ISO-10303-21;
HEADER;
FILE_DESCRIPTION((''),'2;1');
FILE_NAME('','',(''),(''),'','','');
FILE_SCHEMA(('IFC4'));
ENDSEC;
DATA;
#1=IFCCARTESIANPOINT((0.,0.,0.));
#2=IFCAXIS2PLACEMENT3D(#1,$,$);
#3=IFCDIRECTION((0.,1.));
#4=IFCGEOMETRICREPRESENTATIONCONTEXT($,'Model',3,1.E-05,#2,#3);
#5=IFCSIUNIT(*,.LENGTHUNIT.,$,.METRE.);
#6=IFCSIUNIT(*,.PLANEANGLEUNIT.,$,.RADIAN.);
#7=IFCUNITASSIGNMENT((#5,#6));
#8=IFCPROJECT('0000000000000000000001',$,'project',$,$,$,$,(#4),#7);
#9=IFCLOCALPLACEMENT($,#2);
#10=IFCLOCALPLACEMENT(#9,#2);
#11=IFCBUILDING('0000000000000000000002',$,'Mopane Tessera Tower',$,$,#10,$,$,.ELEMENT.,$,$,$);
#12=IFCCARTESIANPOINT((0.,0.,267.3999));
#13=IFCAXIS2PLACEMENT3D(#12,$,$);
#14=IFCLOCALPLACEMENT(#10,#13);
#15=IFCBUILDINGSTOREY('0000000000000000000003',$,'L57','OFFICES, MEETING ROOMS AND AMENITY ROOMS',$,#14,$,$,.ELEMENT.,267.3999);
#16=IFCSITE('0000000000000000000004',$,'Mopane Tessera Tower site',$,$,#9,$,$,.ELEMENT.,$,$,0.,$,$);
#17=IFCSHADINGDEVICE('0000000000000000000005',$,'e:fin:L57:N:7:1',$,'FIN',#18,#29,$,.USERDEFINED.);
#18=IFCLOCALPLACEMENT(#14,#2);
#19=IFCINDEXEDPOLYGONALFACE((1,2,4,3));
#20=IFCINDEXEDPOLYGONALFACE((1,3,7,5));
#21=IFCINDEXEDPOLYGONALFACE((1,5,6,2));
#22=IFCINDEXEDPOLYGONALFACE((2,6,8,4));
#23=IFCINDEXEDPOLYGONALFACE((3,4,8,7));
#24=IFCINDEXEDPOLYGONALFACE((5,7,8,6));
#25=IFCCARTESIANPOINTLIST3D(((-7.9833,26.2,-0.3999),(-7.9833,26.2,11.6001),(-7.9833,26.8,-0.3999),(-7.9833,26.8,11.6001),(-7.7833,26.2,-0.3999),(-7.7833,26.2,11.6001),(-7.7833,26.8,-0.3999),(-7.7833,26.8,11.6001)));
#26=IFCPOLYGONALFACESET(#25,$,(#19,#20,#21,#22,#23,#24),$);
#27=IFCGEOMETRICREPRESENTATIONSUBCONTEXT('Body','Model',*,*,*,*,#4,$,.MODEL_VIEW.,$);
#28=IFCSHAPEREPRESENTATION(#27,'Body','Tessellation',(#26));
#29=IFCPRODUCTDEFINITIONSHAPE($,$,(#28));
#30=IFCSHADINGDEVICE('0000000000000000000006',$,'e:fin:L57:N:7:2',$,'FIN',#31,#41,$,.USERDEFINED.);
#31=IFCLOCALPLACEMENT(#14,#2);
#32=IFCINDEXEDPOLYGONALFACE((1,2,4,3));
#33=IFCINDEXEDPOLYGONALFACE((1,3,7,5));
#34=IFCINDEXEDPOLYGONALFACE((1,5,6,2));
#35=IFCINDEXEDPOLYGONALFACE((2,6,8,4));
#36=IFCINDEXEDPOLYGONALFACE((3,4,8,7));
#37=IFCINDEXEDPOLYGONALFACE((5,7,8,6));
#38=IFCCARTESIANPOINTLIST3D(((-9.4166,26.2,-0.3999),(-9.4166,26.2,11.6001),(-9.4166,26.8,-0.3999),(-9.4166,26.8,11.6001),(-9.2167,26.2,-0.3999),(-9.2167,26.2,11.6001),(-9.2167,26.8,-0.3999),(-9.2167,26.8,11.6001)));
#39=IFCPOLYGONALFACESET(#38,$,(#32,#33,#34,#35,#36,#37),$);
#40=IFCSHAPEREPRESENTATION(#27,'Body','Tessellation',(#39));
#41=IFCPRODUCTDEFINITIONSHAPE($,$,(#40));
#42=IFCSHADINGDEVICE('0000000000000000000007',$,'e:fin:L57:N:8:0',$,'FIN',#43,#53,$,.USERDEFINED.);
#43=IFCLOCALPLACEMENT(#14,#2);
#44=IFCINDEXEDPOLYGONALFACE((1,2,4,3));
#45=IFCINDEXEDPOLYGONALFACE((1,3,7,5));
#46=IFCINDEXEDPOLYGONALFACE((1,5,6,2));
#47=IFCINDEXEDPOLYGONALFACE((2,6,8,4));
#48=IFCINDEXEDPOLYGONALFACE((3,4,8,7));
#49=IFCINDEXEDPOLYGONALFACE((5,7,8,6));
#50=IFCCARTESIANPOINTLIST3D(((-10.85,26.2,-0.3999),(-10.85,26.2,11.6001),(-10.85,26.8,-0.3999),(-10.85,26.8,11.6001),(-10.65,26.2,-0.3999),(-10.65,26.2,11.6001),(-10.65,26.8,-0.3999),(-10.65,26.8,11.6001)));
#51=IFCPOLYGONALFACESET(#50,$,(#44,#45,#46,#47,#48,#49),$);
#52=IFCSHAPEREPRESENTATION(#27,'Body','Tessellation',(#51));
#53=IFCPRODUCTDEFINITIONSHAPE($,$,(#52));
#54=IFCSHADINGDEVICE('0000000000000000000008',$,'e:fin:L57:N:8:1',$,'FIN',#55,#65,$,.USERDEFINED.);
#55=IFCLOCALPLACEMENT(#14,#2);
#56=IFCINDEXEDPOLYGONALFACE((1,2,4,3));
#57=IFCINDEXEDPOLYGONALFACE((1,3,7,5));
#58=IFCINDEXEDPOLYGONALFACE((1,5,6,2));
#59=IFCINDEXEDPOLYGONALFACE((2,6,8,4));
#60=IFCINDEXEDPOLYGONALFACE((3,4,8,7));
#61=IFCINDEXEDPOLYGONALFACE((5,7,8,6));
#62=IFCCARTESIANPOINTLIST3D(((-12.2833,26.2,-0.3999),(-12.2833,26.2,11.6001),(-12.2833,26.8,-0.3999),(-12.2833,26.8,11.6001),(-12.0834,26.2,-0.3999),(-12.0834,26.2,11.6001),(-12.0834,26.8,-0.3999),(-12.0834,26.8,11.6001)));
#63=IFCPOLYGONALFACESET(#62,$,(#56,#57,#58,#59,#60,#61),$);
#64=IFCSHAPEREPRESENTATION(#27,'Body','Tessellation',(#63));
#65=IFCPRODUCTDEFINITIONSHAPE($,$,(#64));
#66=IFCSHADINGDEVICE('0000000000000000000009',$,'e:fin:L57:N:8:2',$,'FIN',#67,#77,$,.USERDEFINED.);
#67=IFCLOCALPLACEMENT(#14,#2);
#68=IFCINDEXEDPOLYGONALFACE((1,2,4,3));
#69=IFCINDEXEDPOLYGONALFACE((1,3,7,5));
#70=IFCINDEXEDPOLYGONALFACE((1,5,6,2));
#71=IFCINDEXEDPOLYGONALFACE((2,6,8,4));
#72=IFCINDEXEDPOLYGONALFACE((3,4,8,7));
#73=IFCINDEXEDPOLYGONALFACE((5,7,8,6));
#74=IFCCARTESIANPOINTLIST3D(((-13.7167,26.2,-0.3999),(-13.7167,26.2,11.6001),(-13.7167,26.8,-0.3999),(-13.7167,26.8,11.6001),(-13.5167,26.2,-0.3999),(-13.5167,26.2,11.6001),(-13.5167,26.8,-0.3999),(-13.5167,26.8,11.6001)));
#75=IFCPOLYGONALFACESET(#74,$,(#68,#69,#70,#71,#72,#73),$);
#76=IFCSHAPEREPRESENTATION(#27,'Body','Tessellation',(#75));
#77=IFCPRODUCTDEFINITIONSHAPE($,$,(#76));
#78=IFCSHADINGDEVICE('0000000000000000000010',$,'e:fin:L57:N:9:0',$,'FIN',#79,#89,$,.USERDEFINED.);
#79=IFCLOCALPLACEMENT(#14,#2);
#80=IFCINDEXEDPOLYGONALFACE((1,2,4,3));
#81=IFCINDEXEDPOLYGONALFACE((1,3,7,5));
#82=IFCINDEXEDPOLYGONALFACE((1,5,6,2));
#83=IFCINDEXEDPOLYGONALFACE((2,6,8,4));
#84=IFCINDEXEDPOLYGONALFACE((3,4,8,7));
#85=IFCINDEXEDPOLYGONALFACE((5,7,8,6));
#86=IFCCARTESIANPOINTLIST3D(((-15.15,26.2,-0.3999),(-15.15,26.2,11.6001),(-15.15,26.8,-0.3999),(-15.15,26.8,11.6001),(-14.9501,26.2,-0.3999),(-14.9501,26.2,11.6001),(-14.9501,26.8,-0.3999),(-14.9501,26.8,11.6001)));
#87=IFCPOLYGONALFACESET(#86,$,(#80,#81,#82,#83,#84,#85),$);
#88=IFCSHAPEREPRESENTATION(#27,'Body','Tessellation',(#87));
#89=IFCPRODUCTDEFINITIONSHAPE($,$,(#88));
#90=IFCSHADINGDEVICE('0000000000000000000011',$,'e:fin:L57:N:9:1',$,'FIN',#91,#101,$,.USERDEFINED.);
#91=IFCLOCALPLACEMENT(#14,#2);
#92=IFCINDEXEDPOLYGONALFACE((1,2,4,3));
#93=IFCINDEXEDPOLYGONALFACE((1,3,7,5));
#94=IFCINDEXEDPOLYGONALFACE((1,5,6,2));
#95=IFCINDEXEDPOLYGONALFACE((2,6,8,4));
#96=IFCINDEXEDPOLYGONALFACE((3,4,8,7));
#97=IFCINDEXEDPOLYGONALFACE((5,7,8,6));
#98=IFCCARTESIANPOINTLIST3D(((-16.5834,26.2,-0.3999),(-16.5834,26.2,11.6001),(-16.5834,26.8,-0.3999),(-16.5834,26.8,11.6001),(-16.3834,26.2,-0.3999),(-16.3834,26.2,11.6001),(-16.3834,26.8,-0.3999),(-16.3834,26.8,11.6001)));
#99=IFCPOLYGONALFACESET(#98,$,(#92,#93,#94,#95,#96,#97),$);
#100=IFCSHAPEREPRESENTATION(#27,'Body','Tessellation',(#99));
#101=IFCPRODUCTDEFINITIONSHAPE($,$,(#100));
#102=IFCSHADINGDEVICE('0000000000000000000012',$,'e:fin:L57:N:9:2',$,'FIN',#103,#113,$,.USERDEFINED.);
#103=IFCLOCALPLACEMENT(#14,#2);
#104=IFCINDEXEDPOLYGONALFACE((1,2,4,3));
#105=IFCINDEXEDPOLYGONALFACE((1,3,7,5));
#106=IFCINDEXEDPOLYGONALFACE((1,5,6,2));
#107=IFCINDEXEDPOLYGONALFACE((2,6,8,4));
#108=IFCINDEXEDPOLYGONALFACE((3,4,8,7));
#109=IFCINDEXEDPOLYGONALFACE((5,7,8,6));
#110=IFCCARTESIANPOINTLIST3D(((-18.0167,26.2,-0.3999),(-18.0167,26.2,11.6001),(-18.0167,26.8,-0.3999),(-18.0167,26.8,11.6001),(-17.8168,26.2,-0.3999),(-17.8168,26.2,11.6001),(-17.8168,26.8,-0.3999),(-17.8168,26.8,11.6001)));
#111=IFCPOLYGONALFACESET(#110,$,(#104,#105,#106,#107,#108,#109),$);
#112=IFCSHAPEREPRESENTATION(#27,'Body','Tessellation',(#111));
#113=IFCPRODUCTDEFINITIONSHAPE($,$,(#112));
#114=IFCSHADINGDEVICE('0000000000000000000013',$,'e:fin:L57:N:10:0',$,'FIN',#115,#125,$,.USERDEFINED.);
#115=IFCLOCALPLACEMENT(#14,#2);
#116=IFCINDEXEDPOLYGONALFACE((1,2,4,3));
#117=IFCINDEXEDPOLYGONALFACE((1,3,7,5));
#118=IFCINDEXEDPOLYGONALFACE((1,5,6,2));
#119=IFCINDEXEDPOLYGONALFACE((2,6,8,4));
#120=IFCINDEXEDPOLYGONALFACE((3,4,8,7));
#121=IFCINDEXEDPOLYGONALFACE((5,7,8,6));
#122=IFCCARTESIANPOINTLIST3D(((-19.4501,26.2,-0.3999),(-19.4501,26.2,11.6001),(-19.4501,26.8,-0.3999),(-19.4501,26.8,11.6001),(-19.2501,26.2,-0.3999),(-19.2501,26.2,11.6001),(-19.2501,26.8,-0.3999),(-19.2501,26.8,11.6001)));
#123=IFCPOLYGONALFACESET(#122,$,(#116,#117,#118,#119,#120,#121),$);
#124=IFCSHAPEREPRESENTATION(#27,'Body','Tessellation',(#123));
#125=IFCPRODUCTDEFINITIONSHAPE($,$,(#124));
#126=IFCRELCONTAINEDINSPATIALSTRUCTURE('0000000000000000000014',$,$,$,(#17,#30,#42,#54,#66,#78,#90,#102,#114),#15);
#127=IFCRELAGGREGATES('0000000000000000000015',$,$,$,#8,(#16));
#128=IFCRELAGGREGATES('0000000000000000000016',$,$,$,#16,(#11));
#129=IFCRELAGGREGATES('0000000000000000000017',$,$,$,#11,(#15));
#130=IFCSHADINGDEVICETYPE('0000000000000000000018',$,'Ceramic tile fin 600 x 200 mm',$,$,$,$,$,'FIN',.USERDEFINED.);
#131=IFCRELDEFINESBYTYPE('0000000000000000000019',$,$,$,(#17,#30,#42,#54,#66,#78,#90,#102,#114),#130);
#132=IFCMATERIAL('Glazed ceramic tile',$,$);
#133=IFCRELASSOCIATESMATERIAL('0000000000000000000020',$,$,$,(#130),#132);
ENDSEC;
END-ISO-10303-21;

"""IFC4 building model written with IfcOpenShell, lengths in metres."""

from ifc_helpers import new_model, si_unit, direction, frame, origin, origin_2d, place, context, subcontext, project, spatial, rectangle, extrude, material, type_object, element, save


model = new_model("IFC4")

# Units and contexts
model_context = context("Model", 3, precision=1e-05, world=origin(), true_north=direction((0.0, 1.0)))
body_context = subcontext(model_context, "Body", "Model", "MODEL_VIEW")
ifc_project = project(units=[si_unit("LENGTHUNIT", "METRE"), si_unit("PLANEANGLEUNIT", "RADIAN")], contexts=[model_context])

# Site, building, storey
site_placement = place(None, origin())
site = spatial("IfcSite", under=ifc_project, at=site_placement, Name="Mopane Tessera Tower site", CompositionType="ELEMENT", RefElevation=0.0)
building_placement = place(site_placement, origin())
building = spatial("IfcBuilding", under=site, at=building_placement, Name="Mopane Tessera Tower", CompositionType="ELEMENT")
storey_placement = place(building_placement, frame((0.0, 0.0, 267.3999)))
storey = spatial("IfcBuildingStorey", under=building, at=storey_placement, Name="L57", Description="OFFICES, MEETING ROOMS AND AMENITY ROOMS", CompositionType="ELEMENT", Elevation=267.3999)

# Shading devices
ifc_material_1 = material(Name="Glazed ceramic tile")
shading_device_type = type_object("IfcShadingDeviceType", Name="Ceramic tile fin 600 x 200 mm", ElementType="FIN", PredefinedType="USERDEFINED", material=ifc_material_1)
for number, where, z_axis, x_axis, name in (
    (1, (-7.8833, 26.5, -0.3999), (0.0, 0.0, 1.0), (-1.0, 0.0, 0.0), "e:fin:L57:N:7:1"),
    (2, (-9.3167, 26.5, -0.3999), (0.0, 0.0, 1.0), (-1.0, 0.0, 0.0), "e:fin:L57:N:7:2"),
    (3, (-10.75, 26.5, -0.3999), (0.0, 0.0, 1.0), (-1.0, 0.0, 0.0), "e:fin:L57:N:8:0"),
    (4, (-12.1833, 26.5, -0.3999), (0.0, 0.0, 1.0), (-1.0, 0.0, 0.0), "e:fin:L57:N:8:1"),
    (5, (-13.6167, 26.5, -0.3999), (0.0, 0.0, 1.0), (-1.0, 0.0, 0.0), "e:fin:L57:N:8:2"),
    (6, (-15.05, 26.5, -0.3999), (0.0, 0.0, 1.0), (-1.0, 0.0, 0.0), "e:fin:L57:N:9:0"),
    (7, (-16.4834, 26.5, -0.3999), (0.0, 0.0, 1.0), (-1.0, 0.0, 0.0), "e:fin:L57:N:9:1"),
    (8, (-17.9167, 26.5, -0.3999), (0.0, 0.0, 1.0), (-1.0, 0.0, 0.0), "e:fin:L57:N:9:2"),
    (9, (-19.3501, 26.5, -0.3999), (0.0, 0.0, 1.0), (-1.0, 0.0, 0.0), "e:fin:L57:N:10:0"),
):
    element("IfcShadingDevice", number, at=place(storey_placement, frame(where, z_axis=z_axis, x_axis=x_axis)), inside=storey, type_object=shading_device_type, Name=name, ObjectType="FIN", PredefinedType="USERDEFINED", context=body_context, shape_type="SweptSolid", body=[
        extrude(rectangle(XDim=0.2, YDim=0.6001, at=origin_2d()), origin(), (0.0, 0.0, 1.0), 12.0),
    ])

save(model, "model.ifc")
